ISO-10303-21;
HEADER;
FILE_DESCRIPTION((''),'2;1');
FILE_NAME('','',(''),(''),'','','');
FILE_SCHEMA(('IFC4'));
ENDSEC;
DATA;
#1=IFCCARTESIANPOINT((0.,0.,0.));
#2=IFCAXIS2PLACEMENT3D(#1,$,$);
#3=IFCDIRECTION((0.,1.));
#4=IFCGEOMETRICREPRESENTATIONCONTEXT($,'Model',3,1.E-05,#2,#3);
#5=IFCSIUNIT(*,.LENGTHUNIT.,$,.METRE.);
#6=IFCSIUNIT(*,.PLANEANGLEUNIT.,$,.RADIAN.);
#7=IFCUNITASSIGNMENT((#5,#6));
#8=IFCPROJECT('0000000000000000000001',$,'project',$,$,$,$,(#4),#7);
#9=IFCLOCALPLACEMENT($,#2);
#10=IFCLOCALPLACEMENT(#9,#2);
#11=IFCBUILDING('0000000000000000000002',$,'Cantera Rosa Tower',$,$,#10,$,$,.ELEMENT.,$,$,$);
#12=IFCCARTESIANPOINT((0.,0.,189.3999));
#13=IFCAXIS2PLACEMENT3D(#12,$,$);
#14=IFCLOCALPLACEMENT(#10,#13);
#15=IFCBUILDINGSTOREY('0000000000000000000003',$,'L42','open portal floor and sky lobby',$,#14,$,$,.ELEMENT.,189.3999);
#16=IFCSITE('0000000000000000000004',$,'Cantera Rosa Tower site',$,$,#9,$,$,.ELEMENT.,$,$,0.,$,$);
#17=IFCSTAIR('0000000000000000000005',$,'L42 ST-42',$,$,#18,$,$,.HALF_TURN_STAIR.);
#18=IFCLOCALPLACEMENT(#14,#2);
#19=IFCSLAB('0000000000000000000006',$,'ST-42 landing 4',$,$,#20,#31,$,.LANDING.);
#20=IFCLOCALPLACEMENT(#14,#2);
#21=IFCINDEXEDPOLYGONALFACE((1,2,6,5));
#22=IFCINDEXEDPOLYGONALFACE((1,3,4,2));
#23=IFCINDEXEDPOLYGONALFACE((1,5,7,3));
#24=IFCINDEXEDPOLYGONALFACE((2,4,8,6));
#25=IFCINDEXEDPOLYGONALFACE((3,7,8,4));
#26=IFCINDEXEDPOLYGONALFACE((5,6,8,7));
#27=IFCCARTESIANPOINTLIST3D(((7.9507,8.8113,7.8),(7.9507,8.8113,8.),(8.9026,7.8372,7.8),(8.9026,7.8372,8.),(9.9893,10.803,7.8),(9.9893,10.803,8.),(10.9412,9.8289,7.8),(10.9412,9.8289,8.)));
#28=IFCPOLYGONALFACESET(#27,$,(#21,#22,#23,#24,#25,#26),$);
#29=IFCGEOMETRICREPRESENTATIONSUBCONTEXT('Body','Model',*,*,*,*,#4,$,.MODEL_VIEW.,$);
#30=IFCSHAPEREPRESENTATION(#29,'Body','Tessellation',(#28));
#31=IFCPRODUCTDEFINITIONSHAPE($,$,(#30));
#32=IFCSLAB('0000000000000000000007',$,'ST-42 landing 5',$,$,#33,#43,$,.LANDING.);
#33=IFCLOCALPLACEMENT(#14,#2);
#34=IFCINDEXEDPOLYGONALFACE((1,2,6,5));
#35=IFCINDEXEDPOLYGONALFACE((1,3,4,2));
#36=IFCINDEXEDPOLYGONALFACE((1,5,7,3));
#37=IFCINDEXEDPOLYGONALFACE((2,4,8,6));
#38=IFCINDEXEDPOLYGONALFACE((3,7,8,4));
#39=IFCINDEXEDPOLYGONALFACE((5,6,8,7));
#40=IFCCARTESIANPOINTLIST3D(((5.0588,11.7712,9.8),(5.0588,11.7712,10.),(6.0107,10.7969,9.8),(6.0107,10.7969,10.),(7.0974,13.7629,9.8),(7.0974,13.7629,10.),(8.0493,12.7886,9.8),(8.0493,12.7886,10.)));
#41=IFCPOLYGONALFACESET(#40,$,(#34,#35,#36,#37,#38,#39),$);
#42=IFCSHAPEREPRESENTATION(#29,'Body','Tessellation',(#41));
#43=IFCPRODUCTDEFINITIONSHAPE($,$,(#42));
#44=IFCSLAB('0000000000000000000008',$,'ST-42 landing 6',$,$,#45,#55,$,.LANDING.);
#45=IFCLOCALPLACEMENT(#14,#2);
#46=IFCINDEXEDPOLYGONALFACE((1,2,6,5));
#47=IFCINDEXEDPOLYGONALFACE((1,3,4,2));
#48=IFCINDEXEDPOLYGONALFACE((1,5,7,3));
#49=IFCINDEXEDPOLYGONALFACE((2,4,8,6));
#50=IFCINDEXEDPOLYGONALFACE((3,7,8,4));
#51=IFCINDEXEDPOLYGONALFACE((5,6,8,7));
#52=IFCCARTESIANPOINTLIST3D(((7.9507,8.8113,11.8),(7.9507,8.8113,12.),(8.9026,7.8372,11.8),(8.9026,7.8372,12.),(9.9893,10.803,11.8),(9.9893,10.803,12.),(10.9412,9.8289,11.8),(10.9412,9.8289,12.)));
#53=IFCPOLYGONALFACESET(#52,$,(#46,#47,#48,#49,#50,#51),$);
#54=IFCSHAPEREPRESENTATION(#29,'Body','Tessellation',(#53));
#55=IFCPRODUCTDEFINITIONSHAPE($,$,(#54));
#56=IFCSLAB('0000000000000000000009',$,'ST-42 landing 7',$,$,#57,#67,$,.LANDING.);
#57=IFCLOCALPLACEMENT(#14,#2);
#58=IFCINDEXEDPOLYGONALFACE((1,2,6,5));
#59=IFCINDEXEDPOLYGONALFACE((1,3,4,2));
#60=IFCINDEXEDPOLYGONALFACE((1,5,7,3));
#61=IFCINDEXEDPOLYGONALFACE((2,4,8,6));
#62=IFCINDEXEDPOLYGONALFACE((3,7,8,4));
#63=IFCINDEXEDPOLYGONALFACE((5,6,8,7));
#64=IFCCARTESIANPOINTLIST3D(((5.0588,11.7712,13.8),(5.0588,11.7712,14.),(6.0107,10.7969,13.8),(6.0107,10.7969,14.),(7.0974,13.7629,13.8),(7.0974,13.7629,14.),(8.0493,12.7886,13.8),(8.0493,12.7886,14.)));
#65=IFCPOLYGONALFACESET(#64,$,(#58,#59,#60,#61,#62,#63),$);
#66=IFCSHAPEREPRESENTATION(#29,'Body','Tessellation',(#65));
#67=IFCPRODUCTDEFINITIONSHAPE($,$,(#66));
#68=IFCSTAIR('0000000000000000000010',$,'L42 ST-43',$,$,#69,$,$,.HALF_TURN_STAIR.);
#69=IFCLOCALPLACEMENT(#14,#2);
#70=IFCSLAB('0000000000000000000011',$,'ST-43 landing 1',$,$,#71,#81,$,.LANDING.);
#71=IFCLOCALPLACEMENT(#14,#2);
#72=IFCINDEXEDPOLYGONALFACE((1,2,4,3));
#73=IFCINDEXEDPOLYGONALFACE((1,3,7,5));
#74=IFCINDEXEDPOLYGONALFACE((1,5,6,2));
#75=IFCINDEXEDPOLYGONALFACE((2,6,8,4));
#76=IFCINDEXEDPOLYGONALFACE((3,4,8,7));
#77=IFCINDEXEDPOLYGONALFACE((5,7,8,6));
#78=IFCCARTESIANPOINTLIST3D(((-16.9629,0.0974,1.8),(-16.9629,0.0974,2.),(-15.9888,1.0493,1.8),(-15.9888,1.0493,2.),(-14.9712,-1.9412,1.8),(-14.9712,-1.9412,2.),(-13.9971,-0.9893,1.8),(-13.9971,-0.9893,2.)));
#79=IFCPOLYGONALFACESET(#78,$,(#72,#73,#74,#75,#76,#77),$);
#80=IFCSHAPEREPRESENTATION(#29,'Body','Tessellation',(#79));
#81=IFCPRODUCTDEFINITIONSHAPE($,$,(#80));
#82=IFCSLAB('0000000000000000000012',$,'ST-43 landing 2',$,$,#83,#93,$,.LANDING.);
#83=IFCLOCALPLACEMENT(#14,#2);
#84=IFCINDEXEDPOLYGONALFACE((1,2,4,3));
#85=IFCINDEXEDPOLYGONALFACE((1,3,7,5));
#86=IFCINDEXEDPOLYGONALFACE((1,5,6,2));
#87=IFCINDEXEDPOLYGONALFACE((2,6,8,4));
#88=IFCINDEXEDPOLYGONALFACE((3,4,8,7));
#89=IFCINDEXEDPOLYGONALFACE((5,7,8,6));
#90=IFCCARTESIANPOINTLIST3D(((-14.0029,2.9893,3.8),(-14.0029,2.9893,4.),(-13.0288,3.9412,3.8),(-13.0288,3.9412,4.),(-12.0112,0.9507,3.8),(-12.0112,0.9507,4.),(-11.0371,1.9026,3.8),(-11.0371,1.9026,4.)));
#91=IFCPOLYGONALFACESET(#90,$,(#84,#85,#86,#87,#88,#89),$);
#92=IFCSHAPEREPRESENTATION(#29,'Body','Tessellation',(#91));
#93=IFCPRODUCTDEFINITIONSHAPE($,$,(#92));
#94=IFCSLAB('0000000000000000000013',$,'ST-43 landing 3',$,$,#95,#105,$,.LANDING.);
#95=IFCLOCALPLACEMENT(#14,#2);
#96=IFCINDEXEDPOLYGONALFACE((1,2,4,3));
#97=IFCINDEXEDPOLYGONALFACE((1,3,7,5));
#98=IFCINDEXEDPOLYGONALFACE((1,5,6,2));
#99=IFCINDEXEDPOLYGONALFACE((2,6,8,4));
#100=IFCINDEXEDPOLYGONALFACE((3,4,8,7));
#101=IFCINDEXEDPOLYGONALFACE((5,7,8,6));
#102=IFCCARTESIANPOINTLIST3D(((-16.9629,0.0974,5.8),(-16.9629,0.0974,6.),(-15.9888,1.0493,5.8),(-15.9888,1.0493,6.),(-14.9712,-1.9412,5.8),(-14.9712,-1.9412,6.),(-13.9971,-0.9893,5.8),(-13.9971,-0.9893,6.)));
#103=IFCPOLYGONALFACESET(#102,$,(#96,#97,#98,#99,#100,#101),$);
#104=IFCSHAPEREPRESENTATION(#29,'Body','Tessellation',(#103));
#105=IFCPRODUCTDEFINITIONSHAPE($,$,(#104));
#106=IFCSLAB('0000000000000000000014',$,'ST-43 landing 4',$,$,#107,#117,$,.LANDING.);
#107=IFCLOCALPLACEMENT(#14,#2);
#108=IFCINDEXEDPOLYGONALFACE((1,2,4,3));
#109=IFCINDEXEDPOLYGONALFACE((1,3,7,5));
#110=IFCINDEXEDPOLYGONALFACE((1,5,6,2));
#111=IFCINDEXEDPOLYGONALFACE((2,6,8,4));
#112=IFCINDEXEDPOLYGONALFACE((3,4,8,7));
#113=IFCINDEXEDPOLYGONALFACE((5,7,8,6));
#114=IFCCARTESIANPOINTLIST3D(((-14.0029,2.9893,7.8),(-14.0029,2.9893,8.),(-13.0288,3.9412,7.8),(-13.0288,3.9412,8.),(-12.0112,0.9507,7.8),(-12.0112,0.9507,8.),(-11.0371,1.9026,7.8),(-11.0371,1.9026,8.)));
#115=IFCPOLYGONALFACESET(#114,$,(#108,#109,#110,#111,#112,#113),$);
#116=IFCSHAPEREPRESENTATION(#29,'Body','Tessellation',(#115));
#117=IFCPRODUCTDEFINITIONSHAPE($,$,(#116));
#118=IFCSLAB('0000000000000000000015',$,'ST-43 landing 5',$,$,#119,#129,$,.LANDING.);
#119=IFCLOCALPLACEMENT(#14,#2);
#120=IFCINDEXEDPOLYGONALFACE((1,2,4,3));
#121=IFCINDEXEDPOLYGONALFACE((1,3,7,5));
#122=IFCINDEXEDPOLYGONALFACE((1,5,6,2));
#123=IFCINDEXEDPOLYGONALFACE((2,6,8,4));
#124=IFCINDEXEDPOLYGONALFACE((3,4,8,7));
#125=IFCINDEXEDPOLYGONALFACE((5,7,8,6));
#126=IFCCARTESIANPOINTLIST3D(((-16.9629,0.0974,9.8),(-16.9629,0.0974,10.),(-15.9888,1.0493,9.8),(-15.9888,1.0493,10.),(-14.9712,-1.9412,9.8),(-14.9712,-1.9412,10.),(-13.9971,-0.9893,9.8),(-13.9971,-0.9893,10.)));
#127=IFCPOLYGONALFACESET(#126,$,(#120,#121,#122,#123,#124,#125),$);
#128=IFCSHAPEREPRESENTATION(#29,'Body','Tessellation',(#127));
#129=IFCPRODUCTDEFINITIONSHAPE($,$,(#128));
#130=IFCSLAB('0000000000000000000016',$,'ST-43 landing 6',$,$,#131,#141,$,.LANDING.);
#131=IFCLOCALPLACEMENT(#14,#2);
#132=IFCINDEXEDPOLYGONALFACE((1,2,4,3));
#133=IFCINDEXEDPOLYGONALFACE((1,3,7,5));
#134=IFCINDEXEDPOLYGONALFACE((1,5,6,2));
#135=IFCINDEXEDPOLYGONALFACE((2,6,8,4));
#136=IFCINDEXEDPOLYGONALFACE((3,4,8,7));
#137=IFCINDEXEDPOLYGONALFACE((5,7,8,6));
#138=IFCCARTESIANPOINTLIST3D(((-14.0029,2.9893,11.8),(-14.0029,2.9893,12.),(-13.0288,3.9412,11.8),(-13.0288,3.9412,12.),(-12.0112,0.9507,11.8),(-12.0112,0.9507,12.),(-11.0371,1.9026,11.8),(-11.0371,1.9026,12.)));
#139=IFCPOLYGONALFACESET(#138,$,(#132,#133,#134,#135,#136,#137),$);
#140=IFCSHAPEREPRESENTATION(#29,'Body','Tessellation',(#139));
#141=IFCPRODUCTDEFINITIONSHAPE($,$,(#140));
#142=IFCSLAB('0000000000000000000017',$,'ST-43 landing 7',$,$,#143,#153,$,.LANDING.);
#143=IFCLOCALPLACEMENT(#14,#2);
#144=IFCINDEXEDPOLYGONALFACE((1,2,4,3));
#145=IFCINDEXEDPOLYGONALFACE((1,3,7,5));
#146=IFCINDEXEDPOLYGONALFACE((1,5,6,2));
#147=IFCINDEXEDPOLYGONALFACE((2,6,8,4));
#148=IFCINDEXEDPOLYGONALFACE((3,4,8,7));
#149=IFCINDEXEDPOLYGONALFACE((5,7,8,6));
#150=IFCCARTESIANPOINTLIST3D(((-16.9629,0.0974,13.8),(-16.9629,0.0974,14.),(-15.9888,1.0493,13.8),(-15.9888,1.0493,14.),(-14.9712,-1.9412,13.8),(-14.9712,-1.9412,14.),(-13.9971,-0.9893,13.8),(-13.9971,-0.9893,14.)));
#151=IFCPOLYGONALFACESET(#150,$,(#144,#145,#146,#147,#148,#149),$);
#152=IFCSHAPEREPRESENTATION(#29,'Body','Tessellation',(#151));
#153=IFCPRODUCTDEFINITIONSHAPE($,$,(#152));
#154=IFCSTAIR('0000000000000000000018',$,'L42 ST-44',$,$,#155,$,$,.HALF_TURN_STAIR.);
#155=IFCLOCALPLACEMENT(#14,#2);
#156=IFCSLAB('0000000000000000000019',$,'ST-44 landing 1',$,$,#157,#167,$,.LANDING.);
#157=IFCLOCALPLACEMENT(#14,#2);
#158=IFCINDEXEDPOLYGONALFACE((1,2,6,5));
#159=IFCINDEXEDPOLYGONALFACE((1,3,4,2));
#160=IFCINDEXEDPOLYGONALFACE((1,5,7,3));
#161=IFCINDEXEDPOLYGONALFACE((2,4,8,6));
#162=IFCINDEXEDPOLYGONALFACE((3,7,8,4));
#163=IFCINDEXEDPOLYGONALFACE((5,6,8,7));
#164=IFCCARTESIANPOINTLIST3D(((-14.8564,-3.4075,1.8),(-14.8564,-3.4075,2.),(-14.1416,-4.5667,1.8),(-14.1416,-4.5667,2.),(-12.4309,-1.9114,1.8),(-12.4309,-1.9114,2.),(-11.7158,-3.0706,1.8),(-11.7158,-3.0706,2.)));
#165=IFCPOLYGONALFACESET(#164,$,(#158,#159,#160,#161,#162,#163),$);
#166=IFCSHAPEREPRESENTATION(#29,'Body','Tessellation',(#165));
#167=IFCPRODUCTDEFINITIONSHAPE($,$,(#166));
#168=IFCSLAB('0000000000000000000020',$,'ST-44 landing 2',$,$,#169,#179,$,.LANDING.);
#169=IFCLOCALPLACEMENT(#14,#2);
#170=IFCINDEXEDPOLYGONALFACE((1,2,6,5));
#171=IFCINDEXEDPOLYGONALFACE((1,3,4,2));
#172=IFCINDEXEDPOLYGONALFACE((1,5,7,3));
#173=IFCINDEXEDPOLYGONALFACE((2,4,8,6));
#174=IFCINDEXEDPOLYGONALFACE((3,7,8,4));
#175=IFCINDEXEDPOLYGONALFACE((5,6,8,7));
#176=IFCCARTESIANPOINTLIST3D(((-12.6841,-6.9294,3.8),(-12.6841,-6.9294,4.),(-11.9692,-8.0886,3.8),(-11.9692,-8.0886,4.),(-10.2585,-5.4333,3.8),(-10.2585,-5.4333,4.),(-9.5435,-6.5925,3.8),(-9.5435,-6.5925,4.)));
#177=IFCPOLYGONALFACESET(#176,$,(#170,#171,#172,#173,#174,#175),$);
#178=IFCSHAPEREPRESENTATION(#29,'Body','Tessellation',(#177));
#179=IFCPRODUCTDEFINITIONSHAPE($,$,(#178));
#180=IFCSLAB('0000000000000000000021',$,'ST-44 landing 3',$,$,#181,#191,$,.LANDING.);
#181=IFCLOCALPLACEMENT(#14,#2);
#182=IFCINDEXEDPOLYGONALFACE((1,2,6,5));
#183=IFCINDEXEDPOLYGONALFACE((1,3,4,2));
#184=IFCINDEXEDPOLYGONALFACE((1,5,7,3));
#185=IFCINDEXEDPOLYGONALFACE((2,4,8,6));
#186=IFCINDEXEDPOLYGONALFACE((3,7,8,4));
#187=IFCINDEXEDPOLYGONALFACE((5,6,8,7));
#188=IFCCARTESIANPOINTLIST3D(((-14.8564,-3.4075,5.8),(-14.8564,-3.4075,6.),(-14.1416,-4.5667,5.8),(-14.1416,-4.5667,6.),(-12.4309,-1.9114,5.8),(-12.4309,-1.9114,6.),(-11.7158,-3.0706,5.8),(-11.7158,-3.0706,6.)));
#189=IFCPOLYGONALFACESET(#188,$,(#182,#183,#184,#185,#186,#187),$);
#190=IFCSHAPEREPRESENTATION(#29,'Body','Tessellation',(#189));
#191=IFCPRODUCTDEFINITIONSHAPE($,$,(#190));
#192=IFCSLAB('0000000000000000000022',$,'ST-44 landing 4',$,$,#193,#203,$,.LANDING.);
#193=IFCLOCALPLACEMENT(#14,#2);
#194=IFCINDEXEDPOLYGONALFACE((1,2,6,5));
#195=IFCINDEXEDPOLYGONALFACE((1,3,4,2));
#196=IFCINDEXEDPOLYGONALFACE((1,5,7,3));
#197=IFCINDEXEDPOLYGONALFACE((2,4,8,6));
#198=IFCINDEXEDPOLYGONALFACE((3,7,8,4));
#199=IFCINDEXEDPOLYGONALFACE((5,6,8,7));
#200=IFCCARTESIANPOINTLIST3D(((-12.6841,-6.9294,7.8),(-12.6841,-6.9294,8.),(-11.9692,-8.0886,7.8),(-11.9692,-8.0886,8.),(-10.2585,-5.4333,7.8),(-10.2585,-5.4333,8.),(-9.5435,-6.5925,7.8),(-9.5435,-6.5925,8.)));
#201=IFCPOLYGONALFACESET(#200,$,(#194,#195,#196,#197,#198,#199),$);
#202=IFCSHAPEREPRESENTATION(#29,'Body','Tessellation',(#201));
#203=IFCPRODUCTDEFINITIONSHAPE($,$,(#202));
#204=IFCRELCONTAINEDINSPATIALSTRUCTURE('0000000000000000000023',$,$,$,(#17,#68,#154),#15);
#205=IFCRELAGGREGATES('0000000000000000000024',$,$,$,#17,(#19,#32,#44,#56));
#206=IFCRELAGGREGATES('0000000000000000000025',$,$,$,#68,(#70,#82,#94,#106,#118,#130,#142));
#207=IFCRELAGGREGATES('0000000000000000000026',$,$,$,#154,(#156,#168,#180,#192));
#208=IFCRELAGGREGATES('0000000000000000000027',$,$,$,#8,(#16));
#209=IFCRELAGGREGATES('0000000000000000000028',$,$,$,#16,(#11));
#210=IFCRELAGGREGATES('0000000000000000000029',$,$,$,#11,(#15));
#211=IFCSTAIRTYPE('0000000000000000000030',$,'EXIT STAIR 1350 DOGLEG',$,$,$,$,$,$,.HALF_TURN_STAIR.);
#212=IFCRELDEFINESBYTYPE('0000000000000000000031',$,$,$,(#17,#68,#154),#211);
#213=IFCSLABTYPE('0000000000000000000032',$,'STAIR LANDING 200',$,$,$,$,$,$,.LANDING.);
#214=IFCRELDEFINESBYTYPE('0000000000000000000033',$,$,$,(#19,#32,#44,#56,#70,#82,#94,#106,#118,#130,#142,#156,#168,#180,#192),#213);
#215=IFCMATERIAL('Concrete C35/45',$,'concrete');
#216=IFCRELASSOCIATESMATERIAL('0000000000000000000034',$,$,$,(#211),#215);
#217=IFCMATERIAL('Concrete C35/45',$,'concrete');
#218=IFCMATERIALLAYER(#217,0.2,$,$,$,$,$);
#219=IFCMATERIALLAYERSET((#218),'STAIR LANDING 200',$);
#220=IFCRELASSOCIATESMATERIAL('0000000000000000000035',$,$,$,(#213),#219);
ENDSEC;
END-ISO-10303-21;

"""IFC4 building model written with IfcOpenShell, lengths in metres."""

from ifc_helpers import new_model, si_unit, direction, frame, origin, place, context, subcontext, project, spatial, polyline, outline, extrude, material, layer, layer_set, type_object, element, aggregate, save


model = new_model("IFC4")

# Units and contexts
model_context = context("Model", 3, precision=1e-05, world=origin(), true_north=direction((0.0, 1.0)))
body_context = subcontext(model_context, "Body", "Model", "MODEL_VIEW")
ifc_project = project(units=[si_unit("LENGTHUNIT", "METRE"), si_unit("PLANEANGLEUNIT", "RADIAN")], contexts=[model_context])

# Site, building, storey
site_placement = place(None, origin())
site = spatial("IfcSite", under=ifc_project, at=site_placement, Name="Cantera Rosa Tower site", CompositionType="ELEMENT", RefElevation=0.0)
building_placement = place(site_placement, origin())
building = spatial("IfcBuilding", under=site, at=building_placement, Name="Cantera Rosa Tower", CompositionType="ELEMENT")
storey_placement = place(building_placement, frame((0.0, 0.0, 189.3999)))
storey = spatial("IfcBuildingStorey", under=building, at=storey_placement, Name="L42", Description="open portal floor and sky lobby", CompositionType="ELEMENT", Elevation=189.3999)

# Stairs, slabs
ifc_material_1 = material(Name="Concrete C35/45", Category="concrete")
stair_type = type_object("IfcStairType", Name="EXIT STAIR 1350 DOGLEG", PredefinedType="HALF_TURN_STAIR", material=ifc_material_1)
stair_1_placement = place(storey_placement, origin())
stair_1 = element("IfcStair", 1, at=stair_1_placement, inside=storey, type_object=stair_type, Name="L42 ST-42", PredefinedType="HALF_TURN_STAIR")
ifc_material_2 = material(Name="Concrete C35/45", Category="concrete")
ifc_layer_1 = layer(ifc_material_2, 0.2)
ifc_layer_set_1 = layer_set([ifc_layer_1], Name="STAIR LANDING 200")
slab_type = type_object("IfcSlabType", Name="STAIR LANDING 200", PredefinedType="LANDING", material=ifc_layer_set_1)
slab_1_placement = place(storey_placement, frame((0.0, 0.0, 7.8)))
slab_1 = element("IfcSlab", 2, at=slab_1_placement, type_object=slab_type, Name="ST-42 landing 4", PredefinedType="LANDING", context=body_context, shape_type="SweptSolid", body=[
    extrude(outline(polyline([(10.9412, 9.8289), (9.9893, 10.803), (7.9507, 8.8113), (8.9026, 7.8372), (10.9412, 9.8289)])), origin(), (0.0, 0.0, 1.0), 0.2),
])
slab_2_placement = place(storey_placement, frame((0.0, 0.0, 9.8)))
slab_2 = element("IfcSlab", 3, at=slab_2_placement, type_object=slab_type, Name="ST-42 landing 5", PredefinedType="LANDING", context=body_context, shape_type="SweptSolid", body=[
    extrude(outline(polyline([(8.0493, 12.7886), (7.0974, 13.7629), (5.0588, 11.7712), (6.0107, 10.7969), (8.0493, 12.7886)])), origin(), (0.0, 0.0, 1.0), 0.2),
])
slab_3_placement = place(storey_placement, frame((0.0, 0.0, 11.8)))
slab_3 = element("IfcSlab", 4, at=slab_3_placement, type_object=slab_type, Name="ST-42 landing 6", PredefinedType="LANDING", context=body_context, shape_type="SweptSolid", body=[
    extrude(outline(polyline([(10.9412, 9.8289), (9.9893, 10.803), (7.9507, 8.8113), (8.9026, 7.8372), (10.9412, 9.8289)])), origin(), (0.0, 0.0, 1.0), 0.2),
])
slab_4_placement = place(storey_placement, frame((0.0, 0.0, 13.8)))
slab_4 = element("IfcSlab", 5, at=slab_4_placement, type_object=slab_type, Name="ST-42 landing 7", PredefinedType="LANDING", context=body_context, shape_type="SweptSolid", body=[
    extrude(outline(polyline([(8.0493, 12.7886), (7.0974, 13.7629), (5.0588, 11.7712), (6.0107, 10.7969), (8.0493, 12.7886)])), origin(), (0.0, 0.0, 1.0), 0.2),
])
aggregate(stair_1, [slab_1, slab_2, slab_3, slab_4])
stair_2_placement = place(storey_placement, origin())
stair_2 = element("IfcStair", 6, at=stair_2_placement, inside=storey, type_object=stair_type, Name="L42 ST-43", PredefinedType="HALF_TURN_STAIR")
slab_5_placement = place(storey_placement, frame((0.0, 0.0, 1.8)))
slab_5 = element("IfcSlab", 7, at=slab_5_placement, type_object=slab_type, Name="ST-43 landing 1", PredefinedType="LANDING", context=body_context, shape_type="SweptSolid", body=[
    extrude(outline(polyline([(-15.9888, 1.0493), (-16.9629, 0.0974), (-14.9712, -1.9412), (-13.9971, -0.9893), (-15.9888, 1.0493)])), origin(), (0.0, 0.0, 1.0), 0.2),
])
slab_6_placement = place(storey_placement, frame((0.0, 0.0, 3.8)))
slab_6 = element("IfcSlab", 8, at=slab_6_placement, type_object=slab_type, Name="ST-43 landing 2", PredefinedType="LANDING", context=body_context, shape_type="SweptSolid", body=[
    extrude(outline(polyline([(-13.0288, 3.9412), (-14.0029, 2.9893), (-12.0112, 0.9507), (-11.0371, 1.9026), (-13.0288, 3.9412)])), origin(), (0.0, 0.0, 1.0), 0.2),
])
slab_7_placement = place(storey_placement, frame((0.0, 0.0, 5.8)))
slab_7 = element("IfcSlab", 9, at=slab_7_placement, type_object=slab_type, Name="ST-43 landing 3", PredefinedType="LANDING", context=body_context, shape_type="SweptSolid", body=[
    extrude(outline(polyline([(-15.9888, 1.0493), (-16.9629, 0.0974), (-14.9712, -1.9412), (-13.9971, -0.9893), (-15.9888, 1.0493)])), origin(), (0.0, 0.0, 1.0), 0.2),
])
slab_8_placement = place(storey_placement, frame((0.0, 0.0, 7.8)))
slab_8 = element("IfcSlab", 10, at=slab_8_placement, type_object=slab_type, Name="ST-43 landing 4", PredefinedType="LANDING", context=body_context, shape_type="SweptSolid", body=[
    extrude(outline(polyline([(-13.0288, 3.9412), (-14.0029, 2.9893), (-12.0112, 0.9507), (-11.0371, 1.9026), (-13.0288, 3.9412)])), origin(), (0.0, 0.0, 1.0), 0.2),
])
slab_9_placement = place(storey_placement, frame((0.0, 0.0, 9.8)))
slab_9 = element("IfcSlab", 11, at=slab_9_placement, type_object=slab_type, Name="ST-43 landing 5", PredefinedType="LANDING", context=body_context, shape_type="SweptSolid", body=[
    extrude(outline(polyline([(-15.9888, 1.0493), (-16.9629, 0.0974), (-14.9712, -1.9412), (-13.9971, -0.9893), (-15.9888, 1.0493)])), origin(), (0.0, 0.0, 1.0), 0.2),
])
slab_10_placement = place(storey_placement, frame((0.0, 0.0, 11.8)))
slab_10 = element("IfcSlab", 12, at=slab_10_placement, type_object=slab_type, Name="ST-43 landing 6", PredefinedType="LANDING", context=body_context, shape_type="SweptSolid", body=[
    extrude(outline(polyline([(-13.0288, 3.9412), (-14.0029, 2.9893), (-12.0112, 0.9507), (-11.0371, 1.9026), (-13.0288, 3.9412)])), origin(), (0.0, 0.0, 1.0), 0.2),
])
slab_11_placement = place(storey_placement, frame((0.0, 0.0, 13.8)))
slab_11 = element("IfcSlab", 13, at=slab_11_placement, type_object=slab_type, Name="ST-43 landing 7", PredefinedType="LANDING", context=body_context, shape_type="SweptSolid", body=[
    extrude(outline(polyline([(-15.9888, 1.0493), (-16.9629, 0.0974), (-14.9712, -1.9412), (-13.9971, -0.9893), (-15.9888, 1.0493)])), origin(), (0.0, 0.0, 1.0), 0.2),
])
aggregate(stair_2, [slab_5, slab_6, slab_7, slab_8, slab_9, slab_10, slab_11])
stair_3_placement = place(storey_placement, origin())
stair_3 = element("IfcStair", 14, at=stair_3_placement, inside=storey, type_object=stair_type, Name="L42 ST-44", PredefinedType="HALF_TURN_STAIR")
slab_12_placement = place(storey_placement, frame((0.0, 0.0, 1.8)))
slab_12 = element("IfcSlab", 15, at=slab_12_placement, type_object=slab_type, Name="ST-44 landing 1", PredefinedType="LANDING", context=body_context, shape_type="SweptSolid", body=[
    extrude(outline(polyline([(-11.7158, -3.0706), (-12.4309, -1.9114), (-14.8564, -3.4075), (-14.1416, -4.5667), (-11.7158, -3.0706)])), origin(), (0.0, 0.0, 1.0), 0.2),
])
slab_13_placement = place(storey_placement, frame((0.0, 0.0, 3.8)))
slab_13 = element("IfcSlab", 16, at=slab_13_placement, type_object=slab_type, Name="ST-44 landing 2", PredefinedType="LANDING", context=body_context, shape_type="SweptSolid", body=[
    extrude(outline(polyline([(-9.5435, -6.5925), (-10.2585, -5.4333), (-12.6841, -6.9294), (-11.9692, -8.0886), (-9.5435, -6.5925)])), origin(), (0.0, 0.0, 1.0), 0.2),
])
slab_14_placement = place(storey_placement, frame((0.0, 0.0, 5.8)))
slab_14 = element("IfcSlab", 17, at=slab_14_placement, type_object=slab_type, Name="ST-44 landing 3", PredefinedType="LANDING", context=body_context, shape_type="SweptSolid", body=[
    extrude(outline(polyline([(-11.7158, -3.0706), (-12.4309, -1.9114), (-14.8564, -3.4075), (-14.1416, -4.5667), (-11.7158, -3.0706)])), origin(), (0.0, 0.0, 1.0), 0.2),
])
slab_15_placement = place(storey_placement, frame((0.0, 0.0, 7.8)))
slab_15 = element("IfcSlab", 18, at=slab_15_placement, type_object=slab_type, Name="ST-44 landing 4", PredefinedType="LANDING", context=body_context, shape_type="SweptSolid", body=[
    extrude(outline(polyline([(-9.5435, -6.5925), (-10.2585, -5.4333), (-12.6841, -6.9294), (-11.9692, -8.0886), (-9.5435, -6.5925)])), origin(), (0.0, 0.0, 1.0), 0.2),
])
aggregate(stair_3, [slab_12, slab_13, slab_14, slab_15])

save(model, "model.ifc")
